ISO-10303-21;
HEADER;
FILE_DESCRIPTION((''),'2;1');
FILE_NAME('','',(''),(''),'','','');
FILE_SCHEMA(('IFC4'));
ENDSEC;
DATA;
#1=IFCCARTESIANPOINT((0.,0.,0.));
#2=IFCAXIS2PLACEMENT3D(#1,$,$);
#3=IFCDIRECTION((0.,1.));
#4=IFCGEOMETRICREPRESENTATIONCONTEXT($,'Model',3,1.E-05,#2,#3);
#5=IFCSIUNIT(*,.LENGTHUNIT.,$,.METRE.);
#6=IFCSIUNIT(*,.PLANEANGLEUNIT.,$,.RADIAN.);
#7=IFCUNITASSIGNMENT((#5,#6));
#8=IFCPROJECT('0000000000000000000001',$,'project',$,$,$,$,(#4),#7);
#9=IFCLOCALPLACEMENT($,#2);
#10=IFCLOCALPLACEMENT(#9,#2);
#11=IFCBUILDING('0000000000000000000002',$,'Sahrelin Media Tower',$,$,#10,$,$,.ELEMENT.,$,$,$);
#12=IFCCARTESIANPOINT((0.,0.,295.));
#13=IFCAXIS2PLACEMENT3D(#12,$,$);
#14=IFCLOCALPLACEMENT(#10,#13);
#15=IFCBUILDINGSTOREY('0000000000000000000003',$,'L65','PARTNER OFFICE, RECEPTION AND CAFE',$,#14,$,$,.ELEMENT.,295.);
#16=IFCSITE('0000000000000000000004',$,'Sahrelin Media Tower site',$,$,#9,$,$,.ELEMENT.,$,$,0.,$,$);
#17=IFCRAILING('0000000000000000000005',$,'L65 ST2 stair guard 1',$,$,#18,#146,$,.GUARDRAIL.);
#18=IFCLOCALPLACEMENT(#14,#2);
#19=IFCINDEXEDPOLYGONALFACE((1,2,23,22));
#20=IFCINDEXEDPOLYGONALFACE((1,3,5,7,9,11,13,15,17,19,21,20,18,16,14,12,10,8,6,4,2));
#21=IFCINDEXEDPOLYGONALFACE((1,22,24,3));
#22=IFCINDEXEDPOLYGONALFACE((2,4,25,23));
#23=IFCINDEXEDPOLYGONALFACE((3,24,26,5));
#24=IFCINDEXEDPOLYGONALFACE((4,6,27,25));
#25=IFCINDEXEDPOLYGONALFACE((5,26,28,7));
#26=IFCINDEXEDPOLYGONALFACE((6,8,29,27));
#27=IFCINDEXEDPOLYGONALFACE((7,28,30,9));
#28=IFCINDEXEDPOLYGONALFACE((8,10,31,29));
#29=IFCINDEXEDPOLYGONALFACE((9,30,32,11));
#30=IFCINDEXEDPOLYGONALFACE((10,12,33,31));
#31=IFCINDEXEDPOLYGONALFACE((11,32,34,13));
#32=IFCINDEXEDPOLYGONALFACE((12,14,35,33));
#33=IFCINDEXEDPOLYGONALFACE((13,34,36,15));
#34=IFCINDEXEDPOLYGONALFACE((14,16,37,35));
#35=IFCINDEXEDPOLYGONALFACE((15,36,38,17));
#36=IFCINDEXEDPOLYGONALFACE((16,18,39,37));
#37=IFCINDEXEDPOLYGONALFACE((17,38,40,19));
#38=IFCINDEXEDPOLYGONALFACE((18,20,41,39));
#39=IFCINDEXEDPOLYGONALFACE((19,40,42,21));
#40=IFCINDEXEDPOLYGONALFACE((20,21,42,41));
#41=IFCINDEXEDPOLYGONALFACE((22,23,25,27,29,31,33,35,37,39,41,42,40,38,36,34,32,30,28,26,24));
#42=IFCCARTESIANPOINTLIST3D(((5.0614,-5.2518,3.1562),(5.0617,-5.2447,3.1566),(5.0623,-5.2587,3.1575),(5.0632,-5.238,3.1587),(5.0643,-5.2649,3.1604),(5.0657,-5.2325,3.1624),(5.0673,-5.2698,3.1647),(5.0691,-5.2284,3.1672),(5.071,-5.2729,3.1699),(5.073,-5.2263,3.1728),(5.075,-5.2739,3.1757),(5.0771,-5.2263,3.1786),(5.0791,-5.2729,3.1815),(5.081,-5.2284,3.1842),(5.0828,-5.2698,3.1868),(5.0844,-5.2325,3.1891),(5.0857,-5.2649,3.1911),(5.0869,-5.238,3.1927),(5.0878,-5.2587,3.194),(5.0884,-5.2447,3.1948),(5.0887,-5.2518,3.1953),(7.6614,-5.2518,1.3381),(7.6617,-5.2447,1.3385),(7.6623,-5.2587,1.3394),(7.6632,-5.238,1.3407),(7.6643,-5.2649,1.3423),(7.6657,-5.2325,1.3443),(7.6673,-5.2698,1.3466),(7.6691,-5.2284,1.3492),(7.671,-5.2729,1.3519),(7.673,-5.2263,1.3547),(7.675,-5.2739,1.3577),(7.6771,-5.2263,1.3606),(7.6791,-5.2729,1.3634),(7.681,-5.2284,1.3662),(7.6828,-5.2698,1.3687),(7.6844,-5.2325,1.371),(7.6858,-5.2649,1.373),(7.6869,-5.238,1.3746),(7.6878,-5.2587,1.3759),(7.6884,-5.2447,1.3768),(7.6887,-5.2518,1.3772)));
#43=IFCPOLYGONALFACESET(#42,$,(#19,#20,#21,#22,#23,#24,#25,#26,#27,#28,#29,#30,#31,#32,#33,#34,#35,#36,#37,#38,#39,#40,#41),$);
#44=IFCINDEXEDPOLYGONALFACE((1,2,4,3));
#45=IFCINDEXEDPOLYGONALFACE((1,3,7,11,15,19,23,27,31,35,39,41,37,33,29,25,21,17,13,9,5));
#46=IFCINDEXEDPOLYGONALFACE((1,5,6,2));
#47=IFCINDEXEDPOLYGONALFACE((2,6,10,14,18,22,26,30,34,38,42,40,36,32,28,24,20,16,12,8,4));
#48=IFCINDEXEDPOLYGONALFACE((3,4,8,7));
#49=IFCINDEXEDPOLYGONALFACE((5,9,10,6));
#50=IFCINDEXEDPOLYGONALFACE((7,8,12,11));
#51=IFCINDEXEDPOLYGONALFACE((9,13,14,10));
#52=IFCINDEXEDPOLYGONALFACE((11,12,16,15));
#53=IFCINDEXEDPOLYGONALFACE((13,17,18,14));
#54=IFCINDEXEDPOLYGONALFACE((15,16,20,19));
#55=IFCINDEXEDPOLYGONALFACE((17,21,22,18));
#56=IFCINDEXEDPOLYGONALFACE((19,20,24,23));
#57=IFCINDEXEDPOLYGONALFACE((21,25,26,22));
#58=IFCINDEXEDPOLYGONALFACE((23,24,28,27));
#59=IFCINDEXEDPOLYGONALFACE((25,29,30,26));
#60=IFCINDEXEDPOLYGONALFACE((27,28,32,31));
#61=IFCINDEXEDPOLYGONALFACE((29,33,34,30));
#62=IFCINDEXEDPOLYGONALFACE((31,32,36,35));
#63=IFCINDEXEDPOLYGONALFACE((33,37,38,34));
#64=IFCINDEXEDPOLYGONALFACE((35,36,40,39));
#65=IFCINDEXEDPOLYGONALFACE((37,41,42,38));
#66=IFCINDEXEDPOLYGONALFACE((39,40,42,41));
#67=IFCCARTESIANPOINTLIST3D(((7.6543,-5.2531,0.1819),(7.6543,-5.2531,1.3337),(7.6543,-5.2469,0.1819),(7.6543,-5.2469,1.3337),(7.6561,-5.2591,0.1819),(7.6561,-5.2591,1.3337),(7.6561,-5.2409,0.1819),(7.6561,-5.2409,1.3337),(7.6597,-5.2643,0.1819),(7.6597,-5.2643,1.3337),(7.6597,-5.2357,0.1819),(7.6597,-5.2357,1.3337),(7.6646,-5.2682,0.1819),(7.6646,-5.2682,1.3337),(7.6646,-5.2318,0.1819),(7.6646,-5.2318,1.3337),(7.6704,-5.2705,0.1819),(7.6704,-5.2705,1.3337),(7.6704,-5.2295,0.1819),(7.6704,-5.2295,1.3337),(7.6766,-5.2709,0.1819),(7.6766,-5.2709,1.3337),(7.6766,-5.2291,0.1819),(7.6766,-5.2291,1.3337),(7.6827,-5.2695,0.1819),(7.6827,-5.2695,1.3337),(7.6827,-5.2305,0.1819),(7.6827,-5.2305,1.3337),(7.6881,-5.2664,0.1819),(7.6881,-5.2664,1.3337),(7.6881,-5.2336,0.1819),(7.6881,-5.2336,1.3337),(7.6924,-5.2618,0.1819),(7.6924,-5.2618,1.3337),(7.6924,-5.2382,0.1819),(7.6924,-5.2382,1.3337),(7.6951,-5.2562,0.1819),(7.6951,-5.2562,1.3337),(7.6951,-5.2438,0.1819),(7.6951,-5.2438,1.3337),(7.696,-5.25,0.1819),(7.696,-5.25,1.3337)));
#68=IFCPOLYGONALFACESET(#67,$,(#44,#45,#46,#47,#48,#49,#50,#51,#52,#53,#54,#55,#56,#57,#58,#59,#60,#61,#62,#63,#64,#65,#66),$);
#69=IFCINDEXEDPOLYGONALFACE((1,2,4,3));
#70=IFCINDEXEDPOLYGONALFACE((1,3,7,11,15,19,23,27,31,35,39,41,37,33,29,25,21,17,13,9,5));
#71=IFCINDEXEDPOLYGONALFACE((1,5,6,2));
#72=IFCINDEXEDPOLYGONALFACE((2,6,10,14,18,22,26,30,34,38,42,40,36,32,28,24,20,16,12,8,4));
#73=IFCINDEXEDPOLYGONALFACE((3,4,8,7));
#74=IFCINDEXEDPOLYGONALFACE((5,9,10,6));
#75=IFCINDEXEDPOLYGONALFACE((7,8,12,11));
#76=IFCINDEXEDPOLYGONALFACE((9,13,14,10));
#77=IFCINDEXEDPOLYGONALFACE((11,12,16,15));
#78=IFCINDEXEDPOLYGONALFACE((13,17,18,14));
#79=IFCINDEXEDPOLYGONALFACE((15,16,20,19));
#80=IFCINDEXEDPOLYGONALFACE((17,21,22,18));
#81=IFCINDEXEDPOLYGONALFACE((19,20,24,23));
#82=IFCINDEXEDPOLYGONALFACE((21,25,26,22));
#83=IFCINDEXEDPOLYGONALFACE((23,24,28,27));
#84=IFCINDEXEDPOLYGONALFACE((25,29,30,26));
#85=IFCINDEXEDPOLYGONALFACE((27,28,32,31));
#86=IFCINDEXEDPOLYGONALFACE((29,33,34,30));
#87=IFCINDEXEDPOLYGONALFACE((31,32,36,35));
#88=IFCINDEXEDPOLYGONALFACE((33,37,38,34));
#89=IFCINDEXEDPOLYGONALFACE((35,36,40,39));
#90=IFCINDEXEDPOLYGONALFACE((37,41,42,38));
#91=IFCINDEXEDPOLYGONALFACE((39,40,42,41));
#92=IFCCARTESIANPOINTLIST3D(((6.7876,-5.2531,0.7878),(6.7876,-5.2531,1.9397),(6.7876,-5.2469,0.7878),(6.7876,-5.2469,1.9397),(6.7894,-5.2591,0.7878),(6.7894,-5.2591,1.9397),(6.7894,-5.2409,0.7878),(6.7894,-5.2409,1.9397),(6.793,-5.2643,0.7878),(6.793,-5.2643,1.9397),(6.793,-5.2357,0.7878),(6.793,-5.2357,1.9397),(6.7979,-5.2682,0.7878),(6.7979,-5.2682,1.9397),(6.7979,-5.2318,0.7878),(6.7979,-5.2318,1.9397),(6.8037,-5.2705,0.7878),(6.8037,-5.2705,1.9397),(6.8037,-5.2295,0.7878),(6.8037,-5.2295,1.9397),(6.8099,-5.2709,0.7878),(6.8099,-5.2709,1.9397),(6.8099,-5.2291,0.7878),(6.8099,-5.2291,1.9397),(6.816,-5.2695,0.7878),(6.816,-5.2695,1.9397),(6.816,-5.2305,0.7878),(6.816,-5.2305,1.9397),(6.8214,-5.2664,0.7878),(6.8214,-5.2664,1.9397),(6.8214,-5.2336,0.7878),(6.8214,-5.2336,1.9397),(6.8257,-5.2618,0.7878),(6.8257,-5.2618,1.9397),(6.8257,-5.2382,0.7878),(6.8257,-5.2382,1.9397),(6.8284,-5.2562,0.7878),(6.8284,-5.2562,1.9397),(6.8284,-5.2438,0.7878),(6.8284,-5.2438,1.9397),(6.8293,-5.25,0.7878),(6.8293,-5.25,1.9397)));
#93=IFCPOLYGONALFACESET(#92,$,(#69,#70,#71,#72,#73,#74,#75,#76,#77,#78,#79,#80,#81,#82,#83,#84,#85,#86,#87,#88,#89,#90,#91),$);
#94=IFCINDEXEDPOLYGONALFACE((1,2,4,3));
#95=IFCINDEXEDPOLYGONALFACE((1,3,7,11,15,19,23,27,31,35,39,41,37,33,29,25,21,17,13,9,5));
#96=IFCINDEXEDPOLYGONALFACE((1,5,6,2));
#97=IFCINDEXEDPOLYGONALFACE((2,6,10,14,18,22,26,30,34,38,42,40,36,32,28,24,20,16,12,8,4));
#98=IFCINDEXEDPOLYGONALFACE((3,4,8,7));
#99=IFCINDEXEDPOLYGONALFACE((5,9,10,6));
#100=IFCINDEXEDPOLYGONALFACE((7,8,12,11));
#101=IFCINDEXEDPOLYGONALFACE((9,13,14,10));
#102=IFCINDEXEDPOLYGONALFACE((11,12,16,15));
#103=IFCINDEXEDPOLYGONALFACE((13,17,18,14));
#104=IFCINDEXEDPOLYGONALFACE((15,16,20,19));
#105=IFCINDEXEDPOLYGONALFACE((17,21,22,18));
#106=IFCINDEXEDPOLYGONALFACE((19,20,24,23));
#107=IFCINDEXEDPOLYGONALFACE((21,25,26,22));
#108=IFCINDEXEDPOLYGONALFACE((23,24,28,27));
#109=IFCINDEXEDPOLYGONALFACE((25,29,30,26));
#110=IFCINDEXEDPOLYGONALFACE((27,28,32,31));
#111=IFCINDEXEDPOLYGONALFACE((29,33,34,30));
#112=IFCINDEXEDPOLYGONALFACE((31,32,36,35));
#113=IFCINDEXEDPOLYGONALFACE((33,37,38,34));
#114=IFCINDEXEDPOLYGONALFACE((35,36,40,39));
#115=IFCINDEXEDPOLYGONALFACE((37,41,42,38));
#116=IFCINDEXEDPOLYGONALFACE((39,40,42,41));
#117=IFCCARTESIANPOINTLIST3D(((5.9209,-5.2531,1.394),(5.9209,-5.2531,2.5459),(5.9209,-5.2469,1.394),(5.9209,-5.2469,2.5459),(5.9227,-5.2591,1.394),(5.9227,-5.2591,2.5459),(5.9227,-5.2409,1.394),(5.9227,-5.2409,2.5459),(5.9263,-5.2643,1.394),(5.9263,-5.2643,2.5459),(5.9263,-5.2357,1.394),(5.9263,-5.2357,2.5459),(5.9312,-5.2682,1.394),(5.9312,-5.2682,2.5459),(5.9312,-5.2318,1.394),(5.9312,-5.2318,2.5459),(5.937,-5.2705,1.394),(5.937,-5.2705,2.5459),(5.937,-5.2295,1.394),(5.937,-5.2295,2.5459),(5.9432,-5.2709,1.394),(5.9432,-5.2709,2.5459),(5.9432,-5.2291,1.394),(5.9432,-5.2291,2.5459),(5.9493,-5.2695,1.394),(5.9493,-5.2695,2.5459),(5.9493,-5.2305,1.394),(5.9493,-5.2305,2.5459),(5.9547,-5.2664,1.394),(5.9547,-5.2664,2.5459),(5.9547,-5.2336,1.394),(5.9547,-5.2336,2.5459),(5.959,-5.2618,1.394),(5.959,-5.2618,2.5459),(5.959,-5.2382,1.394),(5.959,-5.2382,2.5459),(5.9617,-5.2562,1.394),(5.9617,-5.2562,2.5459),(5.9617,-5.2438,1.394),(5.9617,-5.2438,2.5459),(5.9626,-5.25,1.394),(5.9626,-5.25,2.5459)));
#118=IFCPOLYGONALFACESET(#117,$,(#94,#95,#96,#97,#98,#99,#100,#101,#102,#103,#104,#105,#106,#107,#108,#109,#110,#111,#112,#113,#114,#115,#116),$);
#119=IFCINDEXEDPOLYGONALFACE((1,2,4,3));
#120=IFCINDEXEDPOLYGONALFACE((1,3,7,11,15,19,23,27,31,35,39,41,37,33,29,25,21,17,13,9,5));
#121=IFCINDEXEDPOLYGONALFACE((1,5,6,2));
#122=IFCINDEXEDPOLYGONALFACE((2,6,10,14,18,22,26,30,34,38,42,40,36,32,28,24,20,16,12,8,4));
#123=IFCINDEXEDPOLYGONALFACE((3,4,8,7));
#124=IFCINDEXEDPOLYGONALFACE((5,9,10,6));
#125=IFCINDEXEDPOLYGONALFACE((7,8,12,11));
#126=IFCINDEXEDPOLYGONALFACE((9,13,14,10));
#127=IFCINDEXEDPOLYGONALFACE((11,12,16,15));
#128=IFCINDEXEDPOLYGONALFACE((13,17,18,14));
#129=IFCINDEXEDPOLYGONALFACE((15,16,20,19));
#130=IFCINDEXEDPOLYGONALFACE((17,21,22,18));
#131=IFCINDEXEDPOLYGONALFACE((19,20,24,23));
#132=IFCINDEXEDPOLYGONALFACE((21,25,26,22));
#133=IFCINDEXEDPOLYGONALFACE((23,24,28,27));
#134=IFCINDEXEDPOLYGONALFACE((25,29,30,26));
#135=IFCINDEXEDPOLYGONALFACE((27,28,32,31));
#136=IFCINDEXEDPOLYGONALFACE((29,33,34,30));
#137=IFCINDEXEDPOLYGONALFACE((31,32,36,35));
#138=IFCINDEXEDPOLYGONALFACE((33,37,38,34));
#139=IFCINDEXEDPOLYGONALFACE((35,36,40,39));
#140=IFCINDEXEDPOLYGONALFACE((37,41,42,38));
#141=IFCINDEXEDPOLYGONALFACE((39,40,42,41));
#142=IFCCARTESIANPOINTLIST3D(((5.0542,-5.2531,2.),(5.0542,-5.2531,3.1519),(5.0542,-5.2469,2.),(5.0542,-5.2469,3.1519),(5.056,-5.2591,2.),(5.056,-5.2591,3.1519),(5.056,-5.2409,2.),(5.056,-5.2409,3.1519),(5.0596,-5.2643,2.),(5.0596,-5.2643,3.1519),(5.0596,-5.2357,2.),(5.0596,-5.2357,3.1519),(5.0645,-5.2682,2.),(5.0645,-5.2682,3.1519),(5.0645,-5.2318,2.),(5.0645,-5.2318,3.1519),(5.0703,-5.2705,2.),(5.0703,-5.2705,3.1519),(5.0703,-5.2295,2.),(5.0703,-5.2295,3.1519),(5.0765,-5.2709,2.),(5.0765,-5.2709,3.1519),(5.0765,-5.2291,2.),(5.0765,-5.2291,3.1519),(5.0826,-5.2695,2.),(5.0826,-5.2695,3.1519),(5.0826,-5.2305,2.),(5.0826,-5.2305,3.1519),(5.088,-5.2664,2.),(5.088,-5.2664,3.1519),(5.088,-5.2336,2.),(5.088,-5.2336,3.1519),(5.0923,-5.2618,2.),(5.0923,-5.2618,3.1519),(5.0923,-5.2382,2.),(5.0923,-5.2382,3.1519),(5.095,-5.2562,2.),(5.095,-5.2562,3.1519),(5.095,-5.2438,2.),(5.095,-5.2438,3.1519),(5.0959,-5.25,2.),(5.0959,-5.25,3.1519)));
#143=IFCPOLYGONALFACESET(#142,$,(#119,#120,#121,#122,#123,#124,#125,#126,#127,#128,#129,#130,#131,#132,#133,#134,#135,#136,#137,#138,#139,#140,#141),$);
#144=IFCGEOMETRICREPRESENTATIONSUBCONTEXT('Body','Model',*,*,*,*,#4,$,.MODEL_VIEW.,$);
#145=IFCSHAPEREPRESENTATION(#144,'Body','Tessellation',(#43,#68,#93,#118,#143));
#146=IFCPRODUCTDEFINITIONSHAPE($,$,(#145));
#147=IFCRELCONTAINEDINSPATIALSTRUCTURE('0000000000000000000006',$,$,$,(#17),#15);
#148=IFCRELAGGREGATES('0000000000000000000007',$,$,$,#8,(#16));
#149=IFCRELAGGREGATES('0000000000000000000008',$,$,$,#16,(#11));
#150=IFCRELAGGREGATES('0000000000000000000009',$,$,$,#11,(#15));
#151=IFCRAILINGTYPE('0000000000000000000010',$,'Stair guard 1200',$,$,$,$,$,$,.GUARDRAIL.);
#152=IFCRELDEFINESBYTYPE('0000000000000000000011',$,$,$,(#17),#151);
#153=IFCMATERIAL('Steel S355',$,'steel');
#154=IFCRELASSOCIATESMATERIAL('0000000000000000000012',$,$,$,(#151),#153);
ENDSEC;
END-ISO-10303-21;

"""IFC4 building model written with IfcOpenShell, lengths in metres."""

from ifc_helpers import new_model, si_unit, direction, frame, origin, origin_2d, place, context, subcontext, project, spatial, circle, extrude, material, type_object, element, save


model = new_model("IFC4")

# Units and contexts
model_context = context("Model", 3, precision=1e-05, world=origin(), true_north=direction((0.0, 1.0)))
body_context = subcontext(model_context, "Body", "Model", "MODEL_VIEW")
ifc_project = project(units=[si_unit("LENGTHUNIT", "METRE"), si_unit("PLANEANGLEUNIT", "RADIAN")], contexts=[model_context])

# Site, building, storey
site_placement = place(None, origin())
site = spatial("IfcSite", under=ifc_project, at=site_placement, Name="Sahrelin Media Tower site", CompositionType="ELEMENT", RefElevation=0.0)
building_placement = place(site_placement, origin())
building = spatial("IfcBuilding", under=site, at=building_placement, Name="Sahrelin Media Tower", CompositionType="ELEMENT")
storey_placement = place(building_placement, frame((0.0, 0.0, 295.0)))
storey = spatial("IfcBuildingStorey", under=building, at=storey_placement, Name="L65", Description="PARTNER OFFICE, RECEPTION AND CAFE", CompositionType="ELEMENT", Elevation=295.0)

# Shared definitions
ifc_material_1 = material(Name="Steel S355", Category="steel")

# Railing
railing_type_1 = type_object("IfcRailingType", Name="Stair guard 1200", PredefinedType="GUARDRAIL", material=ifc_material_1)
railing_1_placement = place(storey_placement, frame((7.675, -5.25, 0.1819)))
element("IfcRailing", 1, at=railing_1_placement, inside=storey, type_object=railing_type_1, Name="L65 ST2 stair guard 1", PredefinedType="GUARDRAIL", context=body_context, shape_type="SweptSolid", body=[
    extrude(circle(Radius=0.0239, at=origin_2d()), frame((0.0, 0.0, 1.1758), z_axis=(-0.819521, 0.0, 0.573049), x_axis=(0.0, -1.0, 0.0)), (0.0, 0.0, 1.0), 3.1726),
    extrude(circle(Radius=0.021, at=origin_2d()), origin(), (0.0, 0.0, 1.0), 1.1519),
    extrude(circle(Radius=0.021, at=origin_2d()), frame((-0.8667, 0.0, 0.606)), (0.0, 0.0, 1.0), 1.1519),
    extrude(circle(Radius=0.021, at=origin_2d()), frame((-1.7334, 0.0, 1.2122)), (0.0, 0.0, 1.0), 1.1519),
    extrude(circle(Radius=0.021, at=origin_2d()), frame((-2.6001, 0.0, 1.8181)), (0.0, 0.0, 1.0), 1.1519),
])

save(model, "model.ifc")
